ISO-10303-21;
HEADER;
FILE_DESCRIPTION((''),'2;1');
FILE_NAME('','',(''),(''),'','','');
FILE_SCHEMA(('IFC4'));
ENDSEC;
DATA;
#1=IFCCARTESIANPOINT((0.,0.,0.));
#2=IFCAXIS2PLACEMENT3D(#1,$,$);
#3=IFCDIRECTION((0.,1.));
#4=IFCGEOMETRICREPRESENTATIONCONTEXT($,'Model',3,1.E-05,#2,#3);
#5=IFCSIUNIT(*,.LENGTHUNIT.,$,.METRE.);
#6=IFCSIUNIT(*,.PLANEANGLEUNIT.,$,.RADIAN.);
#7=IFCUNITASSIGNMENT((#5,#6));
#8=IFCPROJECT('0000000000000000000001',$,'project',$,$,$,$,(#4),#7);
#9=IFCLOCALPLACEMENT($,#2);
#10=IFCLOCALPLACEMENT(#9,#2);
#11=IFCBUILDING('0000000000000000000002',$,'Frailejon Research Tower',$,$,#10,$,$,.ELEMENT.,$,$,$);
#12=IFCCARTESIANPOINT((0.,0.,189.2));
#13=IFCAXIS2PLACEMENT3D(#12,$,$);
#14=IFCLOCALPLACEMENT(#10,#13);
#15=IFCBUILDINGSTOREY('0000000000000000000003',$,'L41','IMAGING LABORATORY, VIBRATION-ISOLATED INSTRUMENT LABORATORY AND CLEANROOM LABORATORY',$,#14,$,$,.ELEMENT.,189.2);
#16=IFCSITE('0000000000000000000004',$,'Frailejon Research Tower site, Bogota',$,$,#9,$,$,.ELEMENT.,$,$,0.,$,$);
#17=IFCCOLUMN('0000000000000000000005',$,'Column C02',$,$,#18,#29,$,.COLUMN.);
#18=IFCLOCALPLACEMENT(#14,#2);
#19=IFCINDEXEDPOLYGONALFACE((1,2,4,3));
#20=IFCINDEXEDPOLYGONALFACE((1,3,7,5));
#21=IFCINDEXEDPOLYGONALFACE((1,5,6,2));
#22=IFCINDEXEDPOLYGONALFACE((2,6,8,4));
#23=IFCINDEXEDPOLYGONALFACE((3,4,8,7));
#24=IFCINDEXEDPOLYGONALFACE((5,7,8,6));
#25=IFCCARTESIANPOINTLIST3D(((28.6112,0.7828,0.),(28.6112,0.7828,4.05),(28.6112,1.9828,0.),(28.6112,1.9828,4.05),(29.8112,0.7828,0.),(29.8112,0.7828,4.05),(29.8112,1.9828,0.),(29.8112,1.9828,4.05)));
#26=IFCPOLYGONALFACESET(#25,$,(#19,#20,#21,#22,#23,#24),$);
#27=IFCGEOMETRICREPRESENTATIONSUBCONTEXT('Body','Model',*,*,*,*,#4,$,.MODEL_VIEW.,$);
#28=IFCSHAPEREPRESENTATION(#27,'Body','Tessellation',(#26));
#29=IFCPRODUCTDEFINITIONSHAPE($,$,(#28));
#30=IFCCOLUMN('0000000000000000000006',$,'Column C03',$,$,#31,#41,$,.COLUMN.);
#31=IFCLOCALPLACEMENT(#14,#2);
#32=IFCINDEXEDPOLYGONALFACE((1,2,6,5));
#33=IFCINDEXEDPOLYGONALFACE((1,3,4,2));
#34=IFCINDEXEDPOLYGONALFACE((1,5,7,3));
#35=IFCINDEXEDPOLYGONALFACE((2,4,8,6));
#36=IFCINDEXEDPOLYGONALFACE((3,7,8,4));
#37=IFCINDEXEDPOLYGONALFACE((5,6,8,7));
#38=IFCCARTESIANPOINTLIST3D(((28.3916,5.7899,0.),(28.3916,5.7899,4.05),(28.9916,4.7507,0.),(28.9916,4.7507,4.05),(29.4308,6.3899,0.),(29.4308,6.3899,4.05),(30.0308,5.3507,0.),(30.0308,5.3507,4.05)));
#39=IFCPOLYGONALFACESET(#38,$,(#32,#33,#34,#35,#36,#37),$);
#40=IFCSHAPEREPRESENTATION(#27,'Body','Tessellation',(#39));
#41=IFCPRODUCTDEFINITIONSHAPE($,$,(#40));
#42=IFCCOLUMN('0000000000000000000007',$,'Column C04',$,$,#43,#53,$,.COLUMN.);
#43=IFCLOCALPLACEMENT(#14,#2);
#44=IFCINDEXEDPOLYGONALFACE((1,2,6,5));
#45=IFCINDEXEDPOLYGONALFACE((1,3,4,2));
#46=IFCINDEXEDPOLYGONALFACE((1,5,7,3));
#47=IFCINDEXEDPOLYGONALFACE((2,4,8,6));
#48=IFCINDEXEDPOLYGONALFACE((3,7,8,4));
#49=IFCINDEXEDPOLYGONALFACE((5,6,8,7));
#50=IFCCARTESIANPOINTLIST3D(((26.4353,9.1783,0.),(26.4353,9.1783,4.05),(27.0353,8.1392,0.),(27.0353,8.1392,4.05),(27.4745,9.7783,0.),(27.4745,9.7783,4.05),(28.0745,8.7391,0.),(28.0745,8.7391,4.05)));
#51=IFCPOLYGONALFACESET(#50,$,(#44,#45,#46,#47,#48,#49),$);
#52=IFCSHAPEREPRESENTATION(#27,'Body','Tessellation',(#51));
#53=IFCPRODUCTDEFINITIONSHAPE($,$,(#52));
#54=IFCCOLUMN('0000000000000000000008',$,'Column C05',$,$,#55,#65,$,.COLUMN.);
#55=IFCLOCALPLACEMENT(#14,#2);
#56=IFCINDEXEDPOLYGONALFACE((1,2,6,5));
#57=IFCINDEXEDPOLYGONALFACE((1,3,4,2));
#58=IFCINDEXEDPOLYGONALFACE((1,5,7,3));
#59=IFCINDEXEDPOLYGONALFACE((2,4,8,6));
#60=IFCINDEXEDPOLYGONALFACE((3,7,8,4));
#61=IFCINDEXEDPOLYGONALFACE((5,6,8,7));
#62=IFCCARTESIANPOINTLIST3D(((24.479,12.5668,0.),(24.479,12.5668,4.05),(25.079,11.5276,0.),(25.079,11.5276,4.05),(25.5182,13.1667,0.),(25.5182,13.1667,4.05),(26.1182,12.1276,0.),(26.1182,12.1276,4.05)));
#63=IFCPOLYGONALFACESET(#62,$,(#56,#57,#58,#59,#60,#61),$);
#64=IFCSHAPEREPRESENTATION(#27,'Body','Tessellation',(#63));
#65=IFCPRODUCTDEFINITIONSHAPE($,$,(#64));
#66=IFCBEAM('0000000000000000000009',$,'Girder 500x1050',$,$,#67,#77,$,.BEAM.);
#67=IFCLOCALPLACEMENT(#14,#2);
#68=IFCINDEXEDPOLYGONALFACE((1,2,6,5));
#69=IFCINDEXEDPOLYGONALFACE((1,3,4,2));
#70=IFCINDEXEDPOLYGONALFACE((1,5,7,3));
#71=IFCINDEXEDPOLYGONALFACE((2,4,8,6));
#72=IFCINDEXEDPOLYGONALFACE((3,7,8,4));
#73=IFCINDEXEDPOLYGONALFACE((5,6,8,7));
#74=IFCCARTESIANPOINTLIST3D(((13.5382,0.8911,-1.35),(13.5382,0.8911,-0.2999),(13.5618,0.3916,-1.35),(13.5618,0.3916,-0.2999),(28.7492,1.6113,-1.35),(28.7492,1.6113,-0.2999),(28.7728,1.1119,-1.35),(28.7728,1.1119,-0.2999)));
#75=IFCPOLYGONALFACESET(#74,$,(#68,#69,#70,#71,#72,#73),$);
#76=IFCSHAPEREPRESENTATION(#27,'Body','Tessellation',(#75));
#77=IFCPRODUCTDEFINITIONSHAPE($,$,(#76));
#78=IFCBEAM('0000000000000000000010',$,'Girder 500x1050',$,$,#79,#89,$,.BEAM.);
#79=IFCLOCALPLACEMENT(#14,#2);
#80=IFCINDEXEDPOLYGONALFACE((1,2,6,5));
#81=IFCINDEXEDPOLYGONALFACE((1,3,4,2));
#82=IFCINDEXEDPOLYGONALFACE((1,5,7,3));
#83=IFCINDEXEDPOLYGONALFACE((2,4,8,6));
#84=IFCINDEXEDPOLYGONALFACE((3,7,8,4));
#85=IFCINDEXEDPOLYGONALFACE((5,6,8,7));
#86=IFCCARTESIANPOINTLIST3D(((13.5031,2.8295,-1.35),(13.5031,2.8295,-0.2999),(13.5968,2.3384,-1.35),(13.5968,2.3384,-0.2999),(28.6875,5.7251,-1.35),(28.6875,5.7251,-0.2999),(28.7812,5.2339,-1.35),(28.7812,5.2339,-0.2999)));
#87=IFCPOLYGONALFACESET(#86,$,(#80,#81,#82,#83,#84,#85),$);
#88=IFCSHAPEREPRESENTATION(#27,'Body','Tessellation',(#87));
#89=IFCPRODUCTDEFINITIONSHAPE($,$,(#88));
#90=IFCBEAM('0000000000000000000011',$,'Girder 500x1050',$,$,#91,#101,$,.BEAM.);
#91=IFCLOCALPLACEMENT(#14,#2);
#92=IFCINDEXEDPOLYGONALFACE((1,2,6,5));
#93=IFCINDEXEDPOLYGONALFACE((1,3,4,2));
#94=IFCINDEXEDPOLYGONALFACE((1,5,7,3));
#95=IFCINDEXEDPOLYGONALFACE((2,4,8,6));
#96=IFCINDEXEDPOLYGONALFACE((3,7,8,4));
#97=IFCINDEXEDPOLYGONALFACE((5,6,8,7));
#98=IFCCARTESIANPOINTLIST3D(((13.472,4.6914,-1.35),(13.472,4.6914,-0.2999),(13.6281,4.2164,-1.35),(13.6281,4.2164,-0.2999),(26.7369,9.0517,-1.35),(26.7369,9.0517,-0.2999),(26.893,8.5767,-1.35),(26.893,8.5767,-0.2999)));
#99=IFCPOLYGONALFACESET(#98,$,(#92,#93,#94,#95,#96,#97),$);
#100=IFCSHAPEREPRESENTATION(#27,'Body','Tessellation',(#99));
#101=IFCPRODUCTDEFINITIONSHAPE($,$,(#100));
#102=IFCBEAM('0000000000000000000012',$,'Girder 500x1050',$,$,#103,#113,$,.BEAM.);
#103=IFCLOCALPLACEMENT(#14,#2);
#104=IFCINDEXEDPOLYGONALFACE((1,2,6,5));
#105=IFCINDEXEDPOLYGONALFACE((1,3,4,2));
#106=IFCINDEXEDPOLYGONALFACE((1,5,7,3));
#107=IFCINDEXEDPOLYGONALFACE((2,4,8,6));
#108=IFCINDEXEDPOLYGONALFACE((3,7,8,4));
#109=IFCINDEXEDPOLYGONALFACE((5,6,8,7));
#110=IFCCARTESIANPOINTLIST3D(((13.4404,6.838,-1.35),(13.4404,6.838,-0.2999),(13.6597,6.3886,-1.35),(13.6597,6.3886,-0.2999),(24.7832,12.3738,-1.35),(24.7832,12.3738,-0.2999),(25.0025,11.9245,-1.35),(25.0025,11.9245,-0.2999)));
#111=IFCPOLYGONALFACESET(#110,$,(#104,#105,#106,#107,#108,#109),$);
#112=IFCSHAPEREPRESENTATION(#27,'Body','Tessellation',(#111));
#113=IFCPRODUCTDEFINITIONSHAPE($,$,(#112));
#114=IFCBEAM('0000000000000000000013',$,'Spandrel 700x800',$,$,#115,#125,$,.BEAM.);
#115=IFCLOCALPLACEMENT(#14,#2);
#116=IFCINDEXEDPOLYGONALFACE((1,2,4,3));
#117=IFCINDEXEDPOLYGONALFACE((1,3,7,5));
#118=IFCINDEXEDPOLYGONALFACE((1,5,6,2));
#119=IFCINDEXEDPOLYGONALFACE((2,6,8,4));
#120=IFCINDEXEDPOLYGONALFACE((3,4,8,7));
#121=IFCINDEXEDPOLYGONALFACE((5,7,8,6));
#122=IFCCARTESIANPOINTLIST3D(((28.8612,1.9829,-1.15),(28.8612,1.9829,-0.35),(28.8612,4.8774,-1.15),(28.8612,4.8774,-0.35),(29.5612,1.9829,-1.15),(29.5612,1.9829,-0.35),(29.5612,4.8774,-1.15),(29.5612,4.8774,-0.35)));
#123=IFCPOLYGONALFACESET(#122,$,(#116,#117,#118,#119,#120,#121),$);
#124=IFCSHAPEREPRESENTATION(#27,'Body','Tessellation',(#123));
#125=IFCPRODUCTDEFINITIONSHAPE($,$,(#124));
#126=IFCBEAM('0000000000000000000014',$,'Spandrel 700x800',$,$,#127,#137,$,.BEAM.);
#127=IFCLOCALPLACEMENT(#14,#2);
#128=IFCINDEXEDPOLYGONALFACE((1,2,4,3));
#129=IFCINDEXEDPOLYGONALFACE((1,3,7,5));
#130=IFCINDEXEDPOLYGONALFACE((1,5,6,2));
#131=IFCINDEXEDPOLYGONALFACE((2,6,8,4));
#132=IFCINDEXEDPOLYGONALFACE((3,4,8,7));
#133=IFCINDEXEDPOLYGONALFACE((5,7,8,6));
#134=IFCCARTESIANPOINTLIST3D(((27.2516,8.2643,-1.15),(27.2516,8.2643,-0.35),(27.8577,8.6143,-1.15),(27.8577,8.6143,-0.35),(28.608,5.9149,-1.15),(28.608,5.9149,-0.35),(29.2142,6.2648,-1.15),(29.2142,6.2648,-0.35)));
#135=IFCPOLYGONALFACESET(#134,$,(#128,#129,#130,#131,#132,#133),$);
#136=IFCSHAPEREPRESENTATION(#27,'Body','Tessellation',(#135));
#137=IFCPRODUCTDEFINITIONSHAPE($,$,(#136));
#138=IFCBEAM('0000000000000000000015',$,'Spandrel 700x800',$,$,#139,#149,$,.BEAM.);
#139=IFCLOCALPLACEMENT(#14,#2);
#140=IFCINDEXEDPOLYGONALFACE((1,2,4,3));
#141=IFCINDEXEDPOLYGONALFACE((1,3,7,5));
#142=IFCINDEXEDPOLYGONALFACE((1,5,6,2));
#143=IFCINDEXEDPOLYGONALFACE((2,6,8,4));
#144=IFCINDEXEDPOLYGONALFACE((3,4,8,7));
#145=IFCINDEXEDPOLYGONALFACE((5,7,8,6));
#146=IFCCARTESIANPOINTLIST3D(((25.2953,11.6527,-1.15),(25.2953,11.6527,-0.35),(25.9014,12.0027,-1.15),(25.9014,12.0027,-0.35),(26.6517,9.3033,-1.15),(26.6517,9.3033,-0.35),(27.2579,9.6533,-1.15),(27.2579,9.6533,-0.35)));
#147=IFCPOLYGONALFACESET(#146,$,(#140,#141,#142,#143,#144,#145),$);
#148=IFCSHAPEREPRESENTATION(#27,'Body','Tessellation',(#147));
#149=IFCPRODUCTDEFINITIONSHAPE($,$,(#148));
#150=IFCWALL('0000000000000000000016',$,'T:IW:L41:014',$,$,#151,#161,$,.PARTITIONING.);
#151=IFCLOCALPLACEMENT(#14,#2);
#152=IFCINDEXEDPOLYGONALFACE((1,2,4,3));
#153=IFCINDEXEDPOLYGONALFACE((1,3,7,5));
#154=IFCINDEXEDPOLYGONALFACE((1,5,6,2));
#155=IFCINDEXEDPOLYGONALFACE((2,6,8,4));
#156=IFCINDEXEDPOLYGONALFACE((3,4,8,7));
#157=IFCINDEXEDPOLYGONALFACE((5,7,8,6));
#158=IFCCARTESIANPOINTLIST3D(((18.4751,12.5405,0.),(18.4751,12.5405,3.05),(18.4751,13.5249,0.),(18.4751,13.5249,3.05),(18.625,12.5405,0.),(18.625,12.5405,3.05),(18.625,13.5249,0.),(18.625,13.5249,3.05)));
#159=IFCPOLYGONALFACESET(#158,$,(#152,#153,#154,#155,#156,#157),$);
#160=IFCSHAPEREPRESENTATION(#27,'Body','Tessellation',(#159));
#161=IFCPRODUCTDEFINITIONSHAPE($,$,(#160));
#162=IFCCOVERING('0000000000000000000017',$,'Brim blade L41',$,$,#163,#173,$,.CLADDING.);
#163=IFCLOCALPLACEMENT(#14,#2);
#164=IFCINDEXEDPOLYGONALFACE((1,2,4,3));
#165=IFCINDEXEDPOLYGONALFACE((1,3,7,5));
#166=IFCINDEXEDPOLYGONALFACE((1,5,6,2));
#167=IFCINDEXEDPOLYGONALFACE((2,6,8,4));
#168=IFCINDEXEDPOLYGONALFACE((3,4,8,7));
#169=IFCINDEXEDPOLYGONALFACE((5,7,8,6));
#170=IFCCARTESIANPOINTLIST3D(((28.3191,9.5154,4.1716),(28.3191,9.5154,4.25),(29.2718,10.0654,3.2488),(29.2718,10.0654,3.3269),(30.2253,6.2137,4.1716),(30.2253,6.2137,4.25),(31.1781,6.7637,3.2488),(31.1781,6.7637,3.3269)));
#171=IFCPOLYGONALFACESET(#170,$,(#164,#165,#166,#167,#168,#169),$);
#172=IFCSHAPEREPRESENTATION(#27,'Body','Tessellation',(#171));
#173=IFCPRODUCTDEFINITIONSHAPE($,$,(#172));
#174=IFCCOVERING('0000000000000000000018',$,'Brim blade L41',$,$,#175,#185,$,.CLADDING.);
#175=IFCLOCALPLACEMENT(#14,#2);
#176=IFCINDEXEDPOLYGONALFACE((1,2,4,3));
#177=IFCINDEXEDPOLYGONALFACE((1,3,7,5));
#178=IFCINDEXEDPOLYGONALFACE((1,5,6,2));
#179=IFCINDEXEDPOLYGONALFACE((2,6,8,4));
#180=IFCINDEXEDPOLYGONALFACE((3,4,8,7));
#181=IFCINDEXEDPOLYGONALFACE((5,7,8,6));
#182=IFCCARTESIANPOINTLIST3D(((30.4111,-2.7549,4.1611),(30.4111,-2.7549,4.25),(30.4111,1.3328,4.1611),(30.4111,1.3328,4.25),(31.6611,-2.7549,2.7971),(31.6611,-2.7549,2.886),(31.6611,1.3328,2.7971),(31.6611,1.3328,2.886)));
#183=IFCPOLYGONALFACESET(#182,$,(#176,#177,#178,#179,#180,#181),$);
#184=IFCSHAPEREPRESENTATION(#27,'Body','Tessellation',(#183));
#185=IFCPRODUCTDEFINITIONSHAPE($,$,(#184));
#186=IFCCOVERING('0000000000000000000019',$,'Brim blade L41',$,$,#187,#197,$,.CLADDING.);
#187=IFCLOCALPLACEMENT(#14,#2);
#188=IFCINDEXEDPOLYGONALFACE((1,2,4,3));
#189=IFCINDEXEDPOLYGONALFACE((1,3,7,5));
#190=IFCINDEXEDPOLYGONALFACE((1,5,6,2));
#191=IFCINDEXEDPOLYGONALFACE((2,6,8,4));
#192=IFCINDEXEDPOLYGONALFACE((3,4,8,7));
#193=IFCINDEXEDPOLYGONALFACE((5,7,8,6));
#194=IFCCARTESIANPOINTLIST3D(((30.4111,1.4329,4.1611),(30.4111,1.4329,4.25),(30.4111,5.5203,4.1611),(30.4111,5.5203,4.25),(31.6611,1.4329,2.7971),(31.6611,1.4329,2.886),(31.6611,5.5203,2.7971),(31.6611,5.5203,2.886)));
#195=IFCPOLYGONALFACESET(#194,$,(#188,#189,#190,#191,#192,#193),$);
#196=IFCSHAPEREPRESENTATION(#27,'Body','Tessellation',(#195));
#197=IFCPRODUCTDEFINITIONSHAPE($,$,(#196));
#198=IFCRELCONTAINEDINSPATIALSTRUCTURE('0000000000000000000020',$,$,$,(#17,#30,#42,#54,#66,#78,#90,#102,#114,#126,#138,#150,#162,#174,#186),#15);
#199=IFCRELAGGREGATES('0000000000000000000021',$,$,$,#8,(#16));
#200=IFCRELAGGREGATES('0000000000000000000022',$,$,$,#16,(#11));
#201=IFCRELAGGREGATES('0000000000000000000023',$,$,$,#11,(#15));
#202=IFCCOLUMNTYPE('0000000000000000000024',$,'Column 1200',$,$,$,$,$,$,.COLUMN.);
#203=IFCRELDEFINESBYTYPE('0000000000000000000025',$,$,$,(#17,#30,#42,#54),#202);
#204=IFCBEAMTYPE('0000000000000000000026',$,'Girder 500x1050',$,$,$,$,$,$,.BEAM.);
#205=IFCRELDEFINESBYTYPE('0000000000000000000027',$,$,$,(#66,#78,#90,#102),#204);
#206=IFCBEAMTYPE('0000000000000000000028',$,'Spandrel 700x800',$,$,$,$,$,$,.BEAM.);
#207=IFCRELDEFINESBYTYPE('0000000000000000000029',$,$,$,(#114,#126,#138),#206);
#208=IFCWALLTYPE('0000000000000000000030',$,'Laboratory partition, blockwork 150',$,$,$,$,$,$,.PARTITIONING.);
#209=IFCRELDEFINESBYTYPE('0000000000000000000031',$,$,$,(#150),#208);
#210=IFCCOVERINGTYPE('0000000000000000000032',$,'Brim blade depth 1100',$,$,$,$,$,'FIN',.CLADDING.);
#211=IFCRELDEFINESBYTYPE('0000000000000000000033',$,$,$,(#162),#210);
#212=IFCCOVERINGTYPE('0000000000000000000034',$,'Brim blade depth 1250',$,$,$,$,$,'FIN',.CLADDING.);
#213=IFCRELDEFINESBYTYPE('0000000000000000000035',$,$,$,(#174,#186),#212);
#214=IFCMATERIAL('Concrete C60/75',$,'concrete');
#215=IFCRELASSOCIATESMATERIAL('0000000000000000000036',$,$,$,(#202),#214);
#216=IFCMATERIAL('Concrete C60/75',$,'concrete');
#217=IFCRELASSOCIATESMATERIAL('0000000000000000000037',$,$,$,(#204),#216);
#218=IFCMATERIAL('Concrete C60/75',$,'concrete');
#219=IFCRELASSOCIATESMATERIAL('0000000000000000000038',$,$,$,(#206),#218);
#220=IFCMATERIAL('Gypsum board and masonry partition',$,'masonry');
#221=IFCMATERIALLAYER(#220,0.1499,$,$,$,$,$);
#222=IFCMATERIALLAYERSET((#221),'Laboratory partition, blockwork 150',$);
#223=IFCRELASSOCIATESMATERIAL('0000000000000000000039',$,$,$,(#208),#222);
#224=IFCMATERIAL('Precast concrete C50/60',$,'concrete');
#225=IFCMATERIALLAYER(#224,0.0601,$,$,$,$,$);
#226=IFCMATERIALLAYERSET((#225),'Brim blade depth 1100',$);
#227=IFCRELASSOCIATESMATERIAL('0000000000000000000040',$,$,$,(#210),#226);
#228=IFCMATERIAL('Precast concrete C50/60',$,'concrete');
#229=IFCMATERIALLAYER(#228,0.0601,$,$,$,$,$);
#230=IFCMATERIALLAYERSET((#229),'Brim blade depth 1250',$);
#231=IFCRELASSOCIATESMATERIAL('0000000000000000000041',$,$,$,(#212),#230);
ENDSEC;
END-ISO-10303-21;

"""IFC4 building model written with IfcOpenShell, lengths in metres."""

from ifc_helpers import new_model, si_unit, direction, frame, frame_2d, origin, origin_2d, place, context, subcontext, project, spatial, polyline, rectangle, outline, extrude, material, layer, layer_set, material_profile, profile_set, type_object, element, save


model = new_model("IFC4")

# Units and contexts
model_context = context("Model", 3, precision=1e-05, world=origin(), true_north=direction((0.0, 1.0)))
body_context = subcontext(model_context, "Body", "Model", "MODEL_VIEW")
ifc_project = project(units=[si_unit("LENGTHUNIT", "METRE"), si_unit("PLANEANGLEUNIT", "RADIAN")], contexts=[model_context])

# Site, building, storey
site_placement = place(None, origin())
site = spatial("IfcSite", under=ifc_project, at=site_placement, Name="Frailejon Research Tower site, Bogota", CompositionType="ELEMENT", RefElevation=0.0)
building_placement = place(site_placement, origin())
building = spatial("IfcBuilding", under=site, at=building_placement, Name="Frailejon Research Tower", CompositionType="ELEMENT")
storey_placement = place(building_placement, frame((0.0, 0.0, 189.2)))
storey = spatial("IfcBuildingStorey", under=building, at=storey_placement, Name="L41", Description="IMAGING LABORATORY, VIBRATION-ISOLATED INSTRUMENT LABORATORY AND CLEANROOM LABORATORY", CompositionType="ELEMENT", Elevation=189.2)

# Columns
ifc_material_1 = material(Name="Concrete C60/75", Category="concrete")
ifc_material_profile_1 = material_profile(ifc_material_1, rectangle(XDim=1.2, YDim=1.2, at=origin_2d()), Name="Column 1200")
ifc_profile_set_1 = profile_set([ifc_material_profile_1], Name="Concrete C60/75")
column_type = type_object("IfcColumnType", Name="Column 1200", PredefinedType="COLUMN", material=ifc_profile_set_1)
for number, where, z_axis, x_axis, name in (
    (1, (29.2112, 1.3828, 0.0), (0.0, 0.0, 1.0), (0.0, 1.0, 0.0), "Column C02"),
    (2, (29.2112, 5.5703, 0.0), (0.0, 0.0, 1.0), (-0.5, 0.866025, 0.0), "Column C03"),
    (3, (27.2549, 8.9587, 0.0), (0.0, 0.0, 1.0), (-0.5, 0.866025, 0.0), "Column C04"),
    (4, (25.2986, 12.3472, 0.0), (0.0, 0.0, 1.0), (-0.5, 0.866025, 0.0), "Column C05"),
):
    element("IfcColumn", number, at=place(storey_placement, frame(where, z_axis=z_axis, x_axis=x_axis)), inside=storey, type_object=column_type, Name=name, PredefinedType="COLUMN", context=body_context, shape_type="SweptSolid", body=[
        extrude(rectangle(XDim=1.2, YDim=1.2, at=origin_2d()), origin(), (0.0, 0.0, 1.0), 4.05),
    ])

# Beams
ifc_material_2 = material(Name="Concrete C60/75", Category="concrete")
ifc_material_profile_2 = material_profile(ifc_material_2, rectangle(XDim=0.5, YDim=1.05, at=origin_2d()), Name="Girder 500x1050")
ifc_profile_set_2 = profile_set([ifc_material_profile_2], Name="Concrete C60/75")
beam_type_1 = type_object("IfcBeamType", Name="Girder 500x1050", PredefinedType="BEAM", material=ifc_profile_set_2)
beam_1_placement = place(storey_placement, frame((28.761, 1.3616, -0.825), z_axis=(-0.998881, -0.047295, 0.0), x_axis=(0.047295, -0.998881, 0.0)))
element("IfcBeam", 5, at=beam_1_placement, inside=storey, type_object=beam_type_1, Name="Girder 500x1050", PredefinedType="BEAM", context=body_context, shape_type="SweptSolid", body=[
    extrude(rectangle(XDim=0.5, YDim=1.05, at=origin_2d()), origin(), (0.0, 0.0, 1.0), 15.228),
])
beam_2_placement = place(storey_placement, frame((28.7344, 5.4795, -0.825), z_axis=(-0.9823, -0.187315, 0.0), x_axis=(0.187315, -0.9823, 0.0)))
element("IfcBeam", 6, at=beam_2_placement, inside=storey, type_object=beam_type_1, Name="Girder 500x1050", PredefinedType="BEAM", context=body_context, shape_type="SweptSolid", body=[
    extrude(rectangle(XDim=0.5, YDim=1.05, at=origin_2d()), origin(), (0.0, 0.0, 1.0), 15.458),
])
beam_3_placement = place(storey_placement, frame((26.8149, 8.8142, -0.825), z_axis=(-0.949992, -0.312275, 0.0), x_axis=(0.312275, -0.949992, 0.0)))
element("IfcBeam", 7, at=beam_3_placement, inside=storey, type_object=beam_type_1, Name="Girder 500x1050", PredefinedType="BEAM", context=body_context, shape_type="SweptSolid", body=[
    extrude(rectangle(XDim=0.5, YDim=1.05, at=origin_2d()), origin(), (0.0, 0.0, 1.0), 13.9631),
])
beam_4_placement = place(storey_placement, frame((24.8928, 12.1492, -0.825), z_axis=(-0.89868, -0.438605, 0.0), x_axis=(0.438605, -0.89868, 0.0)))
element("IfcBeam", 8, at=beam_4_placement, inside=storey, type_object=beam_type_1, Name="Girder 500x1050", PredefinedType="BEAM", context=body_context, shape_type="SweptSolid", body=[
    extrude(rectangle(XDim=0.5, YDim=1.05, at=origin_2d()), origin(), (0.0, 0.0, 1.0), 12.6216),
])
ifc_material_3 = material(Name="Concrete C60/75", Category="concrete")
ifc_material_profile_3 = material_profile(ifc_material_3, rectangle(XDim=0.7, YDim=0.8, at=origin_2d()), Name="Spandrel 700x800")
ifc_profile_set_3 = profile_set([ifc_material_profile_3], Name="Concrete C60/75")
beam_type_2 = type_object("IfcBeamType", Name="Spandrel 700x800", PredefinedType="BEAM", material=ifc_profile_set_3)
beam_5_placement = place(storey_placement, frame((29.2112, 1.9829, -0.75), z_axis=(0.0, 1.0, 0.0), x_axis=(-1.0, 0.0, 0.0)))
element("IfcBeam", 9, at=beam_5_placement, inside=storey, type_object=beam_type_2, Name="Spandrel 700x800", PredefinedType="BEAM", context=body_context, shape_type="SweptSolid", body=[
    extrude(rectangle(XDim=0.7, YDim=0.8, at=origin_2d()), origin(), (0.0, 0.0, 1.0), 2.8945),
])
for number, where, z_axis, x_axis, name in (
    (10, (28.9111, 6.0898, -0.75), (-0.500011, 0.866019, 0.0), (-0.866019, -0.500011, 0.0), "Spandrel 700x800"),
    (11, (26.9548, 9.4783, -0.75), (-0.500011, 0.866019, 0.0), (-0.866019, -0.500011, 0.0), "Spandrel 700x800"),
):
    element("IfcBeam", number, at=place(storey_placement, frame(where, z_axis=z_axis, x_axis=x_axis)), inside=storey, type_object=beam_type_2, Name=name, PredefinedType="BEAM", context=body_context, shape_type="SweptSolid", body=[
        extrude(rectangle(XDim=0.7, YDim=0.8, at=origin_2d()), origin(), (0.0, 0.0, 1.0), 2.7129),
    ])

# Wall
ifc_material_4 = material(Name="Gypsum board and masonry partition", Category="masonry")
ifc_layer_1 = layer(ifc_material_4, 0.1499)
ifc_layer_set_1 = layer_set([ifc_layer_1], Name="Laboratory partition, blockwork 150")
wall_type_1 = type_object("IfcWallType", Name="Laboratory partition, blockwork 150", PredefinedType="PARTITIONING", material=ifc_layer_set_1)
wall_1_placement = place(storey_placement, frame((18.55, 12.5405, 0.0), z_axis=(0.0, 0.0, 1.0), x_axis=(0.0, 1.0, 0.0)))
element("IfcWall", 12, at=wall_1_placement, inside=storey, type_object=wall_type_1, Name="T:IW:L41:014", PredefinedType="PARTITIONING", context=body_context, shape_type="SweptSolid", body=[
    extrude(rectangle(XDim=0.9844, YDim=0.1499, at=frame_2d((0.4922, 0.0))), origin(), (0.0, 0.0, 1.0), 3.05),
])

# Coverings
ifc_material_5 = material(Name="Precast concrete C50/60", Category="concrete")
ifc_layer_2 = layer(ifc_material_5, 0.0601)
ifc_layer_set_2 = layer_set([ifc_layer_2], Name="Brim blade depth 1100")
covering_type_1 = type_object("IfcCoveringType", Name="Brim blade depth 1100", ElementType="FIN", PredefinedType="CLADDING", material=ifc_layer_set_2)
covering_1_placement = place(storey_placement, frame((28.3191, 9.5154, 4.25), z_axis=(0.500001, -0.866025, 0.0), x_axis=(0.866025, 0.500001, 0.0)))
element("IfcCovering", 13, at=covering_1_placement, inside=storey, type_object=covering_type_1, Name="Brim blade L41", PredefinedType="CLADDING", context=body_context, shape_type="SweptSolid", body=[
    extrude(outline(polyline([(0.0, -0.0784), (1.1001, -1.0012), (1.1001, -0.9231), (0.0, 0.0), (0.0, -0.0784)])), origin(), (0.0, 0.0, 1.0), 3.8125),
])
ifc_material_6 = material(Name="Precast concrete C50/60", Category="concrete")
ifc_layer_3 = layer(ifc_material_6, 0.0601)
ifc_layer_set_3 = layer_set([ifc_layer_3], Name="Brim blade depth 1250")
covering_type_2 = type_object("IfcCoveringType", Name="Brim blade depth 1250", ElementType="FIN", PredefinedType="CLADDING", material=ifc_layer_set_3)
covering_2_placement = place(storey_placement, frame((30.4111, 1.3328, 4.25), z_axis=(0.0, -1.0, 0.0), x_axis=(1.0, 0.0, 0.0)))
element("IfcCovering", 14, at=covering_2_placement, inside=storey, type_object=covering_type_2, Name="Brim blade L41", PredefinedType="CLADDING", context=body_context, shape_type="SweptSolid", body=[
    extrude(outline(polyline([(0.0, -0.0889), (1.25, -1.4529), (1.25, -1.364), (0.0, 0.0), (0.0, -0.0889)])), origin(), (0.0, 0.0, 1.0), 4.0876),
])
covering_3_placement = place(storey_placement, frame((30.4111, 5.5203, 4.25), z_axis=(0.0, -1.0, 0.0), x_axis=(1.0, 0.0, 0.0)))
element("IfcCovering", 15, at=covering_3_placement, inside=storey, type_object=covering_type_2, Name="Brim blade L41", PredefinedType="CLADDING", context=body_context, shape_type="SweptSolid", body=[
    extrude(outline(polyline([(0.0, -0.0889), (1.25, -1.4529), (1.25, -1.364), (0.0, 0.0), (0.0, -0.0889)])), origin(), (0.0, 0.0, 1.0), 4.0874),
])

save(model, "model.ifc")
